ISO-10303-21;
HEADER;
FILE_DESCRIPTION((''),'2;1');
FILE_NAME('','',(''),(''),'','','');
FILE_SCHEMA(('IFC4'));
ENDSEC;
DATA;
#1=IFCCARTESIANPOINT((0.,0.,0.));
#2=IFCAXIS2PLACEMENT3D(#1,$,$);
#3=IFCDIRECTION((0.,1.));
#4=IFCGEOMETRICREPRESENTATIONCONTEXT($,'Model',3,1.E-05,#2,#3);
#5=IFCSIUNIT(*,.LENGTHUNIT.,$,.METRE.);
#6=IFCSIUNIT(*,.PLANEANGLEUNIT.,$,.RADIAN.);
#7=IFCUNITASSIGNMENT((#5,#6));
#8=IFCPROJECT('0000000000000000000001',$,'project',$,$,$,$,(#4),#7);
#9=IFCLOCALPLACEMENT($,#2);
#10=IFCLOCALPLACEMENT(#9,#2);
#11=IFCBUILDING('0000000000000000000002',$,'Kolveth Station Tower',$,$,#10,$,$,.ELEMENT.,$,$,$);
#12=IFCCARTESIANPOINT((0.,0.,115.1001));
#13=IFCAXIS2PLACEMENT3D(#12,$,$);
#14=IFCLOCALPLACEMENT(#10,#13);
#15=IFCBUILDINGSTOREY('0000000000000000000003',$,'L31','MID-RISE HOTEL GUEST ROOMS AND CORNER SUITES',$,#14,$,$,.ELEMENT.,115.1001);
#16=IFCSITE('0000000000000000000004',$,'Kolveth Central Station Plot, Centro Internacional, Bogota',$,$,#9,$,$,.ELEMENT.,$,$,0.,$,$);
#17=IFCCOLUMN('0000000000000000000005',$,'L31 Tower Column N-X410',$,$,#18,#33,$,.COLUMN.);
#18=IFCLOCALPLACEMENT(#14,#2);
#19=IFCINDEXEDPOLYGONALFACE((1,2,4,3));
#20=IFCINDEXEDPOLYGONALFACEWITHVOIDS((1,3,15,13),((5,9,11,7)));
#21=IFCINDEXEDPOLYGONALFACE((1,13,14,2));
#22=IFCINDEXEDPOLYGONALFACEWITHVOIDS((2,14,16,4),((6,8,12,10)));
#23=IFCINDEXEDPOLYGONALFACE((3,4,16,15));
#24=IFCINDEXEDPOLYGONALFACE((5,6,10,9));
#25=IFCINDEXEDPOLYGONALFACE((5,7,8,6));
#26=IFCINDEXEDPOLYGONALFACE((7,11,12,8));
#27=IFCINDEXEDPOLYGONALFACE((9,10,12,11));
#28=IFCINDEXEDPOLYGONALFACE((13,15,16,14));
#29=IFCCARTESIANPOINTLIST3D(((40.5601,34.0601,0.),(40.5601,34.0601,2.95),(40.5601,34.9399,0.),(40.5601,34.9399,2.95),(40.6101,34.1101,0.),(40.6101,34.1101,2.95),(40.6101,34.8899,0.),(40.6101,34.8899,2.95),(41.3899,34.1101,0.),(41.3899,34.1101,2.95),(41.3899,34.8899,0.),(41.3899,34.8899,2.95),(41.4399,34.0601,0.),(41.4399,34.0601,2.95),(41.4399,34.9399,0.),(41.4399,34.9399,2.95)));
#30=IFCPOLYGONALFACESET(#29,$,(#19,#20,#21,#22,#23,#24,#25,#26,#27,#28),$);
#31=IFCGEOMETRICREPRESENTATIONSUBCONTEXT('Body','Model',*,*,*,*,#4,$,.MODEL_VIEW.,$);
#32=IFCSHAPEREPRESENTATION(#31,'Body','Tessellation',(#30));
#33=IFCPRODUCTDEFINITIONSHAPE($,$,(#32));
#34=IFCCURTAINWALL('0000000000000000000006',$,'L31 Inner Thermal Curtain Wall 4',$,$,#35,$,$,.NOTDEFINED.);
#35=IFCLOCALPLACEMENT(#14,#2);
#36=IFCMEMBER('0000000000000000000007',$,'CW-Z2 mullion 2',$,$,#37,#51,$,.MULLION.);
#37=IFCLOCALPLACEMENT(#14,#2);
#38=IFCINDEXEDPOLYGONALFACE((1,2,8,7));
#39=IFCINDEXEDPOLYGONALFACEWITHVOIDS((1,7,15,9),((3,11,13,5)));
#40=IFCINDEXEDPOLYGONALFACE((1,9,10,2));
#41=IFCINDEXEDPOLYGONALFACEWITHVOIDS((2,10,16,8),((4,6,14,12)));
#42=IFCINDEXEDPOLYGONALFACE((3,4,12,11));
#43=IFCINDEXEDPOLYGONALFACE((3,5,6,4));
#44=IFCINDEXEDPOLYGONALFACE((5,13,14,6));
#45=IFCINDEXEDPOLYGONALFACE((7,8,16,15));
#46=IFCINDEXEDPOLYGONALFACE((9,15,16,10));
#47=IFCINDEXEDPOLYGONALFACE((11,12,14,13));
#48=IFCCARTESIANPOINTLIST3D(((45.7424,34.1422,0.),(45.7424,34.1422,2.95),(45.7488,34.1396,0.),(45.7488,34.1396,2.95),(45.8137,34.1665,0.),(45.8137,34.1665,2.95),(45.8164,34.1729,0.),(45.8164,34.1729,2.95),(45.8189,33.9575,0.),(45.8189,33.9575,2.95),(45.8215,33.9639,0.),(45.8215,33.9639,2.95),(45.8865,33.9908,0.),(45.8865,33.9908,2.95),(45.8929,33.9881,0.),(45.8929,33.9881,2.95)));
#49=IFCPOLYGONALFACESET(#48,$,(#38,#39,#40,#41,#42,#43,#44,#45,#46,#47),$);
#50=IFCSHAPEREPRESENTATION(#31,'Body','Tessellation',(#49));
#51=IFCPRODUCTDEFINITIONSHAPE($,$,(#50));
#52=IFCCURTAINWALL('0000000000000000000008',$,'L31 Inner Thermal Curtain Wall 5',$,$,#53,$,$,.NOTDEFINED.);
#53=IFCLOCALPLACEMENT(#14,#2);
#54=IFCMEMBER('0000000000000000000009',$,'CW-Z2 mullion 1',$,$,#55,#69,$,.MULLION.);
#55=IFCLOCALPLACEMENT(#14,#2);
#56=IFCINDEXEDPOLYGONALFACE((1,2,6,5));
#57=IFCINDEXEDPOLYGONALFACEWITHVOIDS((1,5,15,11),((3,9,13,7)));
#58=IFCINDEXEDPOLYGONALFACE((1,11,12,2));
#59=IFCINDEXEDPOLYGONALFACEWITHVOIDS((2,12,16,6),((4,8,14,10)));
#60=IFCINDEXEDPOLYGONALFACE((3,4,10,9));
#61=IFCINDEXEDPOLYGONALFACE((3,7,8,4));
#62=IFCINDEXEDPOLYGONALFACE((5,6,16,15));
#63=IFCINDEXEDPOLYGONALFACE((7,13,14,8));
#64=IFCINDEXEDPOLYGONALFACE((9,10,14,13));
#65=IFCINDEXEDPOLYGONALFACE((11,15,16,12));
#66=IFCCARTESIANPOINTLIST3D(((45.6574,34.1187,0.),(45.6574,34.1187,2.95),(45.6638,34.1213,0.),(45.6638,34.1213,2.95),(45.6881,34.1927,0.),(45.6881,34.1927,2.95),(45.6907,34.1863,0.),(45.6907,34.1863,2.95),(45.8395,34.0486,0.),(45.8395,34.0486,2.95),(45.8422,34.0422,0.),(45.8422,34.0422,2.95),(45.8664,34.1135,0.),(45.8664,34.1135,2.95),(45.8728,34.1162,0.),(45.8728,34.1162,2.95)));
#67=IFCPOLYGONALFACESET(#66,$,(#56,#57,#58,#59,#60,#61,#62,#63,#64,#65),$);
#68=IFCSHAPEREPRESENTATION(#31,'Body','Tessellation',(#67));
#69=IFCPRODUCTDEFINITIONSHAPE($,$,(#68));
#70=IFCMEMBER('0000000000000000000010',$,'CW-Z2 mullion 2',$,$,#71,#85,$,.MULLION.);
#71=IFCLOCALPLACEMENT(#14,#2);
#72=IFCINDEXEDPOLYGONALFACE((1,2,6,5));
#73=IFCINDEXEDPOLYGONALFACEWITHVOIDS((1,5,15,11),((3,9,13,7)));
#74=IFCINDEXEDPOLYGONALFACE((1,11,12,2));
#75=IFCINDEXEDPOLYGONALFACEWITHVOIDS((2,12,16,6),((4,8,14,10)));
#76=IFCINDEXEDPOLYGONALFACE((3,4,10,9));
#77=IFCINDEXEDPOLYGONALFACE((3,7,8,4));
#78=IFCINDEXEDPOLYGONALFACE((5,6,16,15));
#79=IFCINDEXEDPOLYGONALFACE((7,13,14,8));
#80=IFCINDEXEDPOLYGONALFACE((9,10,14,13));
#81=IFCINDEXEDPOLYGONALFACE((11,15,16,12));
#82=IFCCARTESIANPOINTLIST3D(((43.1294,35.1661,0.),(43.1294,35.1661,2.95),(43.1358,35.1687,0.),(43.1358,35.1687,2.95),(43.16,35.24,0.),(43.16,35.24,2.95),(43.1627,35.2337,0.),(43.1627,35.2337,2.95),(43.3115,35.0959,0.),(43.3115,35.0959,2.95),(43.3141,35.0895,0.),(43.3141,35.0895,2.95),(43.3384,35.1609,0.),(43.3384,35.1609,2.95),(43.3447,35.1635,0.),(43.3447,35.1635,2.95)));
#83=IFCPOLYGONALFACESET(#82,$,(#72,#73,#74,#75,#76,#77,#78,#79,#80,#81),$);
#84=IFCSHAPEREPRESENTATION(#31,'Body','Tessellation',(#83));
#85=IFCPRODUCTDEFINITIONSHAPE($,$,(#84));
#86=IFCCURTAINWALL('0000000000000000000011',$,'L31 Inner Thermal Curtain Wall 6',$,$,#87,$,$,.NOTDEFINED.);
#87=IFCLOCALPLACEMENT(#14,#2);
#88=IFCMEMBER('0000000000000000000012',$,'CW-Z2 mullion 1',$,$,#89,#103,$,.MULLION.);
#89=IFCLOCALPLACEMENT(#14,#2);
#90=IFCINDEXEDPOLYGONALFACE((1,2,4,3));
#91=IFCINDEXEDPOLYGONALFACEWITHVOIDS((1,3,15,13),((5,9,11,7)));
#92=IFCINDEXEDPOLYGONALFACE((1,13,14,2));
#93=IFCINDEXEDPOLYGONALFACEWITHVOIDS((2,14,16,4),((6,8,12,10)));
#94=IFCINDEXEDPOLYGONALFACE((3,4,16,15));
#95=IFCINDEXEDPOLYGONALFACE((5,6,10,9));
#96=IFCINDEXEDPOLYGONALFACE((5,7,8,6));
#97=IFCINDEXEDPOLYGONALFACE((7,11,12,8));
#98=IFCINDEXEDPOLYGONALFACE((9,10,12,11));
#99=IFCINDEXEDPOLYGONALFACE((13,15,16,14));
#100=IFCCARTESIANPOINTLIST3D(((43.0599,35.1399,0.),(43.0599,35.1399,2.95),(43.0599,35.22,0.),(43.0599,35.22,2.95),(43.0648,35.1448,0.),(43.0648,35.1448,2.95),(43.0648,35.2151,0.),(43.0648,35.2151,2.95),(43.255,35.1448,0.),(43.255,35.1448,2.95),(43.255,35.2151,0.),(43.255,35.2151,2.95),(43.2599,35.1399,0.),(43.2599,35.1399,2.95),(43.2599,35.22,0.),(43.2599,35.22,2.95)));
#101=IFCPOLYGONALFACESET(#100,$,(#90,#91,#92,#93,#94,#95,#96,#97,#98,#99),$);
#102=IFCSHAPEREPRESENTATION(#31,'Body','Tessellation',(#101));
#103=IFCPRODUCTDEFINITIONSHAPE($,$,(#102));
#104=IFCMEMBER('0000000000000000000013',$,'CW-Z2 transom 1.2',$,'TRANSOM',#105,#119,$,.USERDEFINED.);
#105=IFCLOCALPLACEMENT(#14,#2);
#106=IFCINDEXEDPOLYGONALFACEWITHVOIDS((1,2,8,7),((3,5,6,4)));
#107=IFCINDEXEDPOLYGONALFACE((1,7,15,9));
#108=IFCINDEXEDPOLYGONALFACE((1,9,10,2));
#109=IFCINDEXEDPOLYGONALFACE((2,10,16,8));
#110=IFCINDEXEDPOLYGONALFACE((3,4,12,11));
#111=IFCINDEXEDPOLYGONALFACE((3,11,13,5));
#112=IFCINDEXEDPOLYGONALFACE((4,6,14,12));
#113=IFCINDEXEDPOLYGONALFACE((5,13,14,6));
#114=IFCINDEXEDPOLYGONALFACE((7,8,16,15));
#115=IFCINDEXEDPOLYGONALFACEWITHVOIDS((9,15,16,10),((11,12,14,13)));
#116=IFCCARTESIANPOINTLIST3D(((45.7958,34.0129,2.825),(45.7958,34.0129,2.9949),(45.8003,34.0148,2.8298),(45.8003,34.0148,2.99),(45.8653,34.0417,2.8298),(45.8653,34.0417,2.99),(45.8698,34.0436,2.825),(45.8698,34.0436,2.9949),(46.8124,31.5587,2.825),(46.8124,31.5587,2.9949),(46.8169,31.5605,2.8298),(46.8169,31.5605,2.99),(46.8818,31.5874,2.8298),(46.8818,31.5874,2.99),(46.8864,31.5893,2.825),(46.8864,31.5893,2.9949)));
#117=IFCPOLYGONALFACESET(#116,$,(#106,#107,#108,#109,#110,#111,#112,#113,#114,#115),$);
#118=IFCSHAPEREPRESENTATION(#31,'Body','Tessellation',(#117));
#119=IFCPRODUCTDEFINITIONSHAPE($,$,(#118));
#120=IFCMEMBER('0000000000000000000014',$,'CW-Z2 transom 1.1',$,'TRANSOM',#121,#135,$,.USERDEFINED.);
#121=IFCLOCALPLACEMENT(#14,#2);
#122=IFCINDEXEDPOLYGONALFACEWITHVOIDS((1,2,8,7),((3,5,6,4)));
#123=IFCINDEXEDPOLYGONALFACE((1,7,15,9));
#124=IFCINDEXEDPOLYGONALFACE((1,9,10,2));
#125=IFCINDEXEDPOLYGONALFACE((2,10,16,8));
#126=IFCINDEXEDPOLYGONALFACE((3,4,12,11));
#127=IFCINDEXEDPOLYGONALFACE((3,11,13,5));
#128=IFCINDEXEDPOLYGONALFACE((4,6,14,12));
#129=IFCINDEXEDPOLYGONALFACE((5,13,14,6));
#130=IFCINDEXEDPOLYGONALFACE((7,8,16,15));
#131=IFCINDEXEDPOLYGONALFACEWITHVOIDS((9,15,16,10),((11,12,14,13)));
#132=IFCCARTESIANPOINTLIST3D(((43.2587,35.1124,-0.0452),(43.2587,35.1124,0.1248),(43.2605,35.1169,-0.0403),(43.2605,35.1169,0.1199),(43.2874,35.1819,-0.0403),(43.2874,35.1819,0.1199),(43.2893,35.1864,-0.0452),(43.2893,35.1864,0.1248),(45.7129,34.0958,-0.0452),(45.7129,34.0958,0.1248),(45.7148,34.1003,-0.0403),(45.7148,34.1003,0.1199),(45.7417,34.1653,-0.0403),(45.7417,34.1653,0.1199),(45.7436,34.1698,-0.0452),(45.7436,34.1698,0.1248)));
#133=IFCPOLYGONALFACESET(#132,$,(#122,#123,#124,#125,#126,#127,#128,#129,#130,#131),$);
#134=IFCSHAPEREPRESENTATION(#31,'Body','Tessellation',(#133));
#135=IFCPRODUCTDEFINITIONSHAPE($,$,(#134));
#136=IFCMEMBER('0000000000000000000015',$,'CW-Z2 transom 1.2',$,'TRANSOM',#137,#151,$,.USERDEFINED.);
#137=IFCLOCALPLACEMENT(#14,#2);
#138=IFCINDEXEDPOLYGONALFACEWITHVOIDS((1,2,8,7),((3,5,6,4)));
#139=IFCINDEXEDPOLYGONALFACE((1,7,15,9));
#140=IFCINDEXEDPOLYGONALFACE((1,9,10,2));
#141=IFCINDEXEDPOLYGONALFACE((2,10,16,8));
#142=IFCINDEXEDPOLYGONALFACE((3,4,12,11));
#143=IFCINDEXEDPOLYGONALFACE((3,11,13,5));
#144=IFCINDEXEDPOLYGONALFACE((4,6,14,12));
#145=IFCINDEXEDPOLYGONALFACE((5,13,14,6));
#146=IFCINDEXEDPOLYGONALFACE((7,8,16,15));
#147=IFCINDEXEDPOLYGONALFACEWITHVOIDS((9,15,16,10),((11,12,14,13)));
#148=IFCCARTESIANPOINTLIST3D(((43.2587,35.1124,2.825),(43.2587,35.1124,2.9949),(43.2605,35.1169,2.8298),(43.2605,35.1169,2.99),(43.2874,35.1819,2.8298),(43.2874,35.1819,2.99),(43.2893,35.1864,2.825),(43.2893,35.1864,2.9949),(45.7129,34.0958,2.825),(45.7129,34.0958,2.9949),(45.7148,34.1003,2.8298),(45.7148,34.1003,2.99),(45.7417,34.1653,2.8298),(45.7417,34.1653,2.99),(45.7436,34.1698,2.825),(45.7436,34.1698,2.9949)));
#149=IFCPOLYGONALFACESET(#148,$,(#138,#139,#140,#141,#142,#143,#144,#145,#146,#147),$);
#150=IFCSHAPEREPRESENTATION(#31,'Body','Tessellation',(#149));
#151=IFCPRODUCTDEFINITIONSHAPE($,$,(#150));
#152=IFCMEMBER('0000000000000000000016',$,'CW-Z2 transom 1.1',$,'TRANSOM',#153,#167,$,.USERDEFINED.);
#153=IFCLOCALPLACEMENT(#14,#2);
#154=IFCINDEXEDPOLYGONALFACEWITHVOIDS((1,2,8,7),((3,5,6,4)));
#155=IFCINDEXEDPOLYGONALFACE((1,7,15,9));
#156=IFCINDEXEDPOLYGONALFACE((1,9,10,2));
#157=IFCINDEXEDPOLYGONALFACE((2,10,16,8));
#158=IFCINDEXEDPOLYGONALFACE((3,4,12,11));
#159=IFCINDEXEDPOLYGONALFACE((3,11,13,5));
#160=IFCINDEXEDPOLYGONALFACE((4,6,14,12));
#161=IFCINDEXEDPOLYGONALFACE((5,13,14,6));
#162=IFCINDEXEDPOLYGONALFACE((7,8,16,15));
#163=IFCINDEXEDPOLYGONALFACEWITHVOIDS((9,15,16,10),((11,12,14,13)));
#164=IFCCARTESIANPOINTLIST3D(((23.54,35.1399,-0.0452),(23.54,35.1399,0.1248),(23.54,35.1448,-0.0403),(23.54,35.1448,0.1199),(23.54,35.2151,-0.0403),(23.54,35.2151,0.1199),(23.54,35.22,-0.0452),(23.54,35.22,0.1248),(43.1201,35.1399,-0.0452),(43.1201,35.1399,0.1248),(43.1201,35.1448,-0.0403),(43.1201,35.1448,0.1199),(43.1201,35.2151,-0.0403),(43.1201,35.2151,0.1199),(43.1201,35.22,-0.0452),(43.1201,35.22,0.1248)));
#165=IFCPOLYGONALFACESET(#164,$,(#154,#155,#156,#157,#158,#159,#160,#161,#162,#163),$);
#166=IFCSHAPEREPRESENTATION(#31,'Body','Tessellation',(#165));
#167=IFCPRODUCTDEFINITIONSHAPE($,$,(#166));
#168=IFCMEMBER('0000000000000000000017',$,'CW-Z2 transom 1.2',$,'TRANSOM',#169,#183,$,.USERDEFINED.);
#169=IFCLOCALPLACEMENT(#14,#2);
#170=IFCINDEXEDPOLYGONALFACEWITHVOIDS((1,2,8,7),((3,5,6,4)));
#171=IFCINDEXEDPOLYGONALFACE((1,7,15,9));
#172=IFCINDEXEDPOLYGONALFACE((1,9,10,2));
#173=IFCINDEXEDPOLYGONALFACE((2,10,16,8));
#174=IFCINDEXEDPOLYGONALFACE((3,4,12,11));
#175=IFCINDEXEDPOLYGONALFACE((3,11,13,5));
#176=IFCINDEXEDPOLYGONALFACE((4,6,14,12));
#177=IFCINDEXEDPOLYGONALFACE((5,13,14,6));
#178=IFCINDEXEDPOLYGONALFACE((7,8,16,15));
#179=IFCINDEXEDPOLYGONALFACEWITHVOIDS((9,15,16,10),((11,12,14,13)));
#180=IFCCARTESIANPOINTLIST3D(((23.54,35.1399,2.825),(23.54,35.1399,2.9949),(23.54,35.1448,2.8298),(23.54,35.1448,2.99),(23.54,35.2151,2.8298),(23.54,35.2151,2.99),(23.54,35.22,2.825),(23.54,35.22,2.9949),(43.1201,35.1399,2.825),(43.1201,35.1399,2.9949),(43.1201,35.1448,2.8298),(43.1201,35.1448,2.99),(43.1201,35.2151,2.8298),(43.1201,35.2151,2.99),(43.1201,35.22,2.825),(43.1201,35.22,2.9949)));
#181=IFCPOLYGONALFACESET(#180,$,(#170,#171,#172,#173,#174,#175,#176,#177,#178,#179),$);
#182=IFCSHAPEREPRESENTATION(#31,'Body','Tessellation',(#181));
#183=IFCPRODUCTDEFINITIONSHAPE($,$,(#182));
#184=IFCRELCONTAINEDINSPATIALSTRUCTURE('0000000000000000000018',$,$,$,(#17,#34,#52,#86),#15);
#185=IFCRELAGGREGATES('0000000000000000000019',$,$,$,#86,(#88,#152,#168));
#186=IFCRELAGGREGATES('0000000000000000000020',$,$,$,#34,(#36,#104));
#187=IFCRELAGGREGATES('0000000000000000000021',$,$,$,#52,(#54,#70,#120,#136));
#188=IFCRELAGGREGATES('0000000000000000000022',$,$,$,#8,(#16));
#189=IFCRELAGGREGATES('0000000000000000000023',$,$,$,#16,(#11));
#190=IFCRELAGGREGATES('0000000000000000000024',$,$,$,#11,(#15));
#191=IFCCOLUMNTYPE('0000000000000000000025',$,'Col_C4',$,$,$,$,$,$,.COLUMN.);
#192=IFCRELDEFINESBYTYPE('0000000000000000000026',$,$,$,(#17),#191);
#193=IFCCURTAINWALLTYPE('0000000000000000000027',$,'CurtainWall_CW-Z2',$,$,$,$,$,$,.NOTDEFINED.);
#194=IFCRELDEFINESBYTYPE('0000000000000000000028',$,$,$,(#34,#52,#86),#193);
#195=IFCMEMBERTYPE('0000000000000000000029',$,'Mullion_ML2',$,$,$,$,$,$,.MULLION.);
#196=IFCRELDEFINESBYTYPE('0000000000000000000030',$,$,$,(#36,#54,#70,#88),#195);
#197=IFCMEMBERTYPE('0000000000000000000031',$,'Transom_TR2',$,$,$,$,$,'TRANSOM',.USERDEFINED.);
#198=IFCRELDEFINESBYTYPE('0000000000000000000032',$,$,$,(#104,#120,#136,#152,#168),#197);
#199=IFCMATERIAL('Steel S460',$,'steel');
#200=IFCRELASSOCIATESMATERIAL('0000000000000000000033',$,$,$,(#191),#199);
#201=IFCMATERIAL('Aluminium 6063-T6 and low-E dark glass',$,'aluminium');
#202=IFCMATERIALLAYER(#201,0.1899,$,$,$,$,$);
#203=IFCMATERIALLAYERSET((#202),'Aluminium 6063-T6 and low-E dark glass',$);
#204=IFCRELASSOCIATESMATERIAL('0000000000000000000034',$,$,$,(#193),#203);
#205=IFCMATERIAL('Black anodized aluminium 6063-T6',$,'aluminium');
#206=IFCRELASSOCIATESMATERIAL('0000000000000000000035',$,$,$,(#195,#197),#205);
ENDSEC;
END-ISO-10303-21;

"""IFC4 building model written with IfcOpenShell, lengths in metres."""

from ifc_helpers import new_model, si_unit, direction, frame, origin, origin_2d, place, context, subcontext, project, spatial, hollow_rectangle, extrude, source, transform, mapped, material, layer, layer_set, material_profile, profile_set, type_object, element, aggregate, save


model = new_model("IFC4")

# Units and contexts
model_context = context("Model", 3, precision=1e-05, world=origin(), true_north=direction((0.0, 1.0)))
body_context = subcontext(model_context, "Body", "Model", "MODEL_VIEW")
ifc_project = project(units=[si_unit("LENGTHUNIT", "METRE"), si_unit("PLANEANGLEUNIT", "RADIAN")], contexts=[model_context])

# Site, building, storey
site_placement = place(None, origin())
site = spatial("IfcSite", under=ifc_project, at=site_placement, Name="Kolveth Central Station Plot, Centro Internacional, Bogota", CompositionType="ELEMENT", RefElevation=0.0)
building_placement = place(site_placement, origin())
building = spatial("IfcBuilding", under=site, at=building_placement, Name="Kolveth Station Tower", CompositionType="ELEMENT")
storey_placement = place(building_placement, frame((0.0, 0.0, 115.1001)))
storey = spatial("IfcBuildingStorey", under=building, at=storey_placement, Name="L31", Description="MID-RISE HOTEL GUEST ROOMS AND CORNER SUITES", CompositionType="ELEMENT", Elevation=115.1001)

# Column
ifc_material_1 = material(Name="Steel S460", Category="steel")
ifc_material_profile_1 = material_profile(ifc_material_1, hollow_rectangle(XDim=0.8799, YDim=0.8799, WallThickness=0.05, at=origin_2d()), Name="BOX880x880x50")
ifc_profile_set_1 = profile_set([ifc_material_profile_1], Name="Steel S460")
column_type = type_object("IfcColumnType", Name="Col_C4", PredefinedType="COLUMN", material=ifc_profile_set_1)
shared_shape_1 = source(origin(), body_context, "Body", "SweptSolid", [
    extrude(hollow_rectangle(XDim=0.8799, YDim=0.8799, WallThickness=0.05, at=origin_2d()), origin(), (0.0, 0.0, 1.0), 2.95),
])
column_placement = place(storey_placement, frame((41.0, 34.5, 0.0), z_axis=(0.0, 0.0, 1.0), x_axis=(1.0, 0.0, 0.0)))
element("IfcColumn", 1, at=column_placement, inside=storey, type_object=column_type, Name="L31 Tower Column N-X410", PredefinedType="COLUMN", context=body_context, shape_type="MappedRepresentation", body=[
    mapped(shared_shape_1, transform((0.0, 0.0, 0.0), x_axis=(1.0, 0.0, 0.0), y_axis=(0.0, 1.0, 0.0), z_axis=(0.0, 0.0, 1.0), scale=1.0)),
])

# Curtain wall, member
ifc_material_2 = material(Name="Aluminium 6063-T6 and low-E dark glass", Category="aluminium")
ifc_layer_1 = layer(ifc_material_2, 0.1899)
ifc_layer_set_1 = layer_set([ifc_layer_1], Name="Aluminium 6063-T6 and low-E dark glass")
curtain_wall_type_1 = type_object("IfcCurtainWallType", Name="CurtainWall_CW-Z2", PredefinedType="NOTDEFINED", material=ifc_layer_set_1)
curtain_wall_1_placement = place(storey_placement, origin())
curtain_wall_1 = element("IfcCurtainWall", 2, at=curtain_wall_1_placement, inside=storey, type_object=curtain_wall_type_1, Name="L31 Inner Thermal Curtain Wall 4", PredefinedType="NOTDEFINED")
ifc_material_3 = material(Name="Black anodized aluminium 6063-T6", Category="aluminium")
ifc_material_profile_2 = material_profile(ifc_material_3, hollow_rectangle(XDim=0.0801, YDim=0.2, WallThickness=0.0049, at=origin_2d()), Name="ALU-80x200x5")
ifc_profile_set_2 = profile_set([ifc_material_profile_2], Name="Black anodized aluminium 6063-T6")
member_type_1 = type_object("IfcMemberType", Name="Mullion_ML2", PredefinedType="MULLION", material=ifc_profile_set_2)
shared_shape_2 = source(origin(), body_context, "Body", "SweptSolid", [
    extrude(hollow_rectangle(XDim=0.0801, YDim=0.2, WallThickness=0.0049, at=origin_2d()), origin(), (0.0, 0.0, 1.0), 2.95),
])
member_1_placement = place(storey_placement, frame((45.8176, 34.0652, 0.0), z_axis=(0.0, 0.0, 1.0), x_axis=(-0.923888, -0.382663, 0.0)))
member_1 = element("IfcMember", 3, at=member_1_placement, type_object=member_type_1, Name="CW-Z2 mullion 2", PredefinedType="MULLION", context=body_context, shape_type="MappedRepresentation", body=[
    mapped(shared_shape_2, transform((0.0, 0.0, 0.0), x_axis=(1.0, 0.0, 0.0), y_axis=(0.0, 1.0, 0.0), z_axis=(0.0, 0.0, 1.0), scale=1.0)),
])

# Curtain wall, members
curtain_wall_2_placement = place(storey_placement, origin())
curtain_wall_2 = element("IfcCurtainWall", 4, at=curtain_wall_2_placement, inside=storey, type_object=curtain_wall_type_1, Name="L31 Inner Thermal Curtain Wall 5", PredefinedType="NOTDEFINED")
member_2_placement = place(storey_placement, frame((45.7651, 34.1174, 0.0), z_axis=(0.0, 0.0, 1.0), x_axis=(-0.382663, -0.923888, 0.0)))
member_2 = element("IfcMember", 5, at=member_2_placement, type_object=member_type_1, Name="CW-Z2 mullion 1", PredefinedType="MULLION", context=body_context, shape_type="MappedRepresentation", body=[
    mapped(shared_shape_2, transform((0.0, 0.0, 0.0), x_axis=(1.0, 0.0, 0.0), y_axis=(0.0, 1.0, 0.0), z_axis=(0.0, 0.0, 1.0), scale=1.0)),
])
member_3_placement = place(storey_placement, frame((43.2371, 35.1648, 0.0), z_axis=(0.0, 0.0, 1.0), x_axis=(-0.382663, -0.923888, 0.0)))
member_3 = element("IfcMember", 6, at=member_3_placement, type_object=member_type_1, Name="CW-Z2 mullion 2", PredefinedType="MULLION", context=body_context, shape_type="MappedRepresentation", body=[
    mapped(shared_shape_2, transform((0.0, 0.0, 0.0), x_axis=(1.0, 0.0, 0.0), y_axis=(0.0, 1.0, 0.0), z_axis=(0.0, 0.0, 1.0), scale=1.0)),
])

# Curtain wall, member
curtain_wall_3_placement = place(storey_placement, origin())
curtain_wall_3 = element("IfcCurtainWall", 7, at=curtain_wall_3_placement, inside=storey, type_object=curtain_wall_type_1, Name="L31 Inner Thermal Curtain Wall 6", PredefinedType="NOTDEFINED")
member_4_placement = place(storey_placement, frame((43.1599, 35.1799, 0.0), z_axis=(0.0, 0.0, 1.0), x_axis=(0.0, -1.0, 0.0)))
member_4 = element("IfcMember", 8, at=member_4_placement, type_object=member_type_1, Name="CW-Z2 mullion 1", PredefinedType="MULLION", context=body_context, shape_type="MappedRepresentation", body=[
    mapped(shared_shape_2, transform((0.0, 0.0, 0.0), x_axis=(1.0, 0.0, 0.0), y_axis=(0.0, 1.0, 0.0), z_axis=(0.0, 0.0, 1.0), scale=1.0)),
])

# Members
ifc_material_profile_3 = material_profile(ifc_material_3, hollow_rectangle(XDim=0.0801, YDim=0.1699, WallThickness=0.0049, at=origin_2d()), Name="ALU-80x170x5")
ifc_profile_set_3 = profile_set([ifc_material_profile_3], Name="Black anodized aluminium 6063-T6")
member_type_2 = type_object("IfcMemberType", Name="Transom_TR2", ElementType="TRANSOM", PredefinedType="USERDEFINED", material=ifc_profile_set_3)
shared_shape_3 = source(origin(), body_context, "Body", "SweptSolid", [
    extrude(hollow_rectangle(XDim=0.0801, YDim=0.1699, WallThickness=0.0049, at=origin_2d()), origin(), (0.0, 0.0, 1.0), 2.6565),
])
member_5_placement = place(storey_placement, frame((46.8494, 31.574, 2.9099), z_axis=(-0.382676, 0.923882, 0.0), x_axis=(-0.923882, -0.382676, 0.0)))
member_5 = element("IfcMember", 9, at=member_5_placement, type_object=member_type_2, Name="CW-Z2 transom 1.2", ObjectType="TRANSOM", PredefinedType="USERDEFINED", context=body_context, shape_type="MappedRepresentation", body=[
    mapped(shared_shape_3, transform((0.0, 0.0, 0.0), x_axis=(1.0, 0.0, 0.0), y_axis=(0.0, 1.0, 0.0), z_axis=(0.0, 0.0, 1.0), scale=1.0)),
])
member_6_placement = place(storey_placement, frame((45.7283, 34.1328, 0.0398), z_axis=(-0.923882, 0.382676, 0.0), x_axis=(-0.382676, -0.923882, 0.0)))
member_6 = element("IfcMember", 10, at=member_6_placement, type_object=member_type_2, Name="CW-Z2 transom 1.1", ObjectType="TRANSOM", PredefinedType="USERDEFINED", context=body_context, shape_type="MappedRepresentation", body=[
    mapped(shared_shape_3, transform((0.0, 0.0, 0.0), x_axis=(1.0, 0.0, 0.0), y_axis=(0.0, 1.0, 0.0), z_axis=(0.0, 0.0, 1.0), scale=1.0)),
])
member_7_placement = place(storey_placement, frame((45.7283, 34.1328, 2.9099), z_axis=(-0.923882, 0.382676, 0.0), x_axis=(-0.382676, -0.923882, 0.0)))
member_7 = element("IfcMember", 11, at=member_7_placement, type_object=member_type_2, Name="CW-Z2 transom 1.2", ObjectType="TRANSOM", PredefinedType="USERDEFINED", context=body_context, shape_type="MappedRepresentation", body=[
    mapped(shared_shape_3, transform((0.0, 0.0, 0.0), x_axis=(1.0, 0.0, 0.0), y_axis=(0.0, 1.0, 0.0), z_axis=(0.0, 0.0, 1.0), scale=1.0)),
])
shared_shape_4 = source(origin(), body_context, "Body", "SweptSolid", [
    extrude(hollow_rectangle(XDim=0.0801, YDim=0.1699, WallThickness=0.0049, at=origin_2d()), origin(), (0.0, 0.0, 1.0), 19.5801),
])
member_8_placement = place(storey_placement, frame((43.1201, 35.1799, 0.0398), z_axis=(-1.0, 0.0, 0.0), x_axis=(0.0, -1.0, 0.0)))
member_8 = element("IfcMember", 12, at=member_8_placement, type_object=member_type_2, Name="CW-Z2 transom 1.1", ObjectType="TRANSOM", PredefinedType="USERDEFINED", context=body_context, shape_type="MappedRepresentation", body=[
    mapped(shared_shape_4, transform((0.0, 0.0, 0.0), x_axis=(1.0, 0.0, 0.0), y_axis=(0.0, 1.0, 0.0), z_axis=(0.0, 0.0, 1.0), scale=1.0)),
])
member_9_placement = place(storey_placement, frame((43.1201, 35.1799, 2.9099), z_axis=(-1.0, 0.0, 0.0), x_axis=(0.0, -1.0, 0.0)))
member_9 = element("IfcMember", 13, at=member_9_placement, type_object=member_type_2, Name="CW-Z2 transom 1.2", ObjectType="TRANSOM", PredefinedType="USERDEFINED", context=body_context, shape_type="MappedRepresentation", body=[
    mapped(shared_shape_4, transform((0.0, 0.0, 0.0), x_axis=(1.0, 0.0, 0.0), y_axis=(0.0, 1.0, 0.0), z_axis=(0.0, 0.0, 1.0), scale=1.0)),
])
aggregate(curtain_wall_3, [member_4, member_8, member_9])

aggregate(curtain_wall_1, [member_1, member_5])
aggregate(curtain_wall_2, [member_2, member_3, member_6, member_7])

save(model, "model.ifc")
